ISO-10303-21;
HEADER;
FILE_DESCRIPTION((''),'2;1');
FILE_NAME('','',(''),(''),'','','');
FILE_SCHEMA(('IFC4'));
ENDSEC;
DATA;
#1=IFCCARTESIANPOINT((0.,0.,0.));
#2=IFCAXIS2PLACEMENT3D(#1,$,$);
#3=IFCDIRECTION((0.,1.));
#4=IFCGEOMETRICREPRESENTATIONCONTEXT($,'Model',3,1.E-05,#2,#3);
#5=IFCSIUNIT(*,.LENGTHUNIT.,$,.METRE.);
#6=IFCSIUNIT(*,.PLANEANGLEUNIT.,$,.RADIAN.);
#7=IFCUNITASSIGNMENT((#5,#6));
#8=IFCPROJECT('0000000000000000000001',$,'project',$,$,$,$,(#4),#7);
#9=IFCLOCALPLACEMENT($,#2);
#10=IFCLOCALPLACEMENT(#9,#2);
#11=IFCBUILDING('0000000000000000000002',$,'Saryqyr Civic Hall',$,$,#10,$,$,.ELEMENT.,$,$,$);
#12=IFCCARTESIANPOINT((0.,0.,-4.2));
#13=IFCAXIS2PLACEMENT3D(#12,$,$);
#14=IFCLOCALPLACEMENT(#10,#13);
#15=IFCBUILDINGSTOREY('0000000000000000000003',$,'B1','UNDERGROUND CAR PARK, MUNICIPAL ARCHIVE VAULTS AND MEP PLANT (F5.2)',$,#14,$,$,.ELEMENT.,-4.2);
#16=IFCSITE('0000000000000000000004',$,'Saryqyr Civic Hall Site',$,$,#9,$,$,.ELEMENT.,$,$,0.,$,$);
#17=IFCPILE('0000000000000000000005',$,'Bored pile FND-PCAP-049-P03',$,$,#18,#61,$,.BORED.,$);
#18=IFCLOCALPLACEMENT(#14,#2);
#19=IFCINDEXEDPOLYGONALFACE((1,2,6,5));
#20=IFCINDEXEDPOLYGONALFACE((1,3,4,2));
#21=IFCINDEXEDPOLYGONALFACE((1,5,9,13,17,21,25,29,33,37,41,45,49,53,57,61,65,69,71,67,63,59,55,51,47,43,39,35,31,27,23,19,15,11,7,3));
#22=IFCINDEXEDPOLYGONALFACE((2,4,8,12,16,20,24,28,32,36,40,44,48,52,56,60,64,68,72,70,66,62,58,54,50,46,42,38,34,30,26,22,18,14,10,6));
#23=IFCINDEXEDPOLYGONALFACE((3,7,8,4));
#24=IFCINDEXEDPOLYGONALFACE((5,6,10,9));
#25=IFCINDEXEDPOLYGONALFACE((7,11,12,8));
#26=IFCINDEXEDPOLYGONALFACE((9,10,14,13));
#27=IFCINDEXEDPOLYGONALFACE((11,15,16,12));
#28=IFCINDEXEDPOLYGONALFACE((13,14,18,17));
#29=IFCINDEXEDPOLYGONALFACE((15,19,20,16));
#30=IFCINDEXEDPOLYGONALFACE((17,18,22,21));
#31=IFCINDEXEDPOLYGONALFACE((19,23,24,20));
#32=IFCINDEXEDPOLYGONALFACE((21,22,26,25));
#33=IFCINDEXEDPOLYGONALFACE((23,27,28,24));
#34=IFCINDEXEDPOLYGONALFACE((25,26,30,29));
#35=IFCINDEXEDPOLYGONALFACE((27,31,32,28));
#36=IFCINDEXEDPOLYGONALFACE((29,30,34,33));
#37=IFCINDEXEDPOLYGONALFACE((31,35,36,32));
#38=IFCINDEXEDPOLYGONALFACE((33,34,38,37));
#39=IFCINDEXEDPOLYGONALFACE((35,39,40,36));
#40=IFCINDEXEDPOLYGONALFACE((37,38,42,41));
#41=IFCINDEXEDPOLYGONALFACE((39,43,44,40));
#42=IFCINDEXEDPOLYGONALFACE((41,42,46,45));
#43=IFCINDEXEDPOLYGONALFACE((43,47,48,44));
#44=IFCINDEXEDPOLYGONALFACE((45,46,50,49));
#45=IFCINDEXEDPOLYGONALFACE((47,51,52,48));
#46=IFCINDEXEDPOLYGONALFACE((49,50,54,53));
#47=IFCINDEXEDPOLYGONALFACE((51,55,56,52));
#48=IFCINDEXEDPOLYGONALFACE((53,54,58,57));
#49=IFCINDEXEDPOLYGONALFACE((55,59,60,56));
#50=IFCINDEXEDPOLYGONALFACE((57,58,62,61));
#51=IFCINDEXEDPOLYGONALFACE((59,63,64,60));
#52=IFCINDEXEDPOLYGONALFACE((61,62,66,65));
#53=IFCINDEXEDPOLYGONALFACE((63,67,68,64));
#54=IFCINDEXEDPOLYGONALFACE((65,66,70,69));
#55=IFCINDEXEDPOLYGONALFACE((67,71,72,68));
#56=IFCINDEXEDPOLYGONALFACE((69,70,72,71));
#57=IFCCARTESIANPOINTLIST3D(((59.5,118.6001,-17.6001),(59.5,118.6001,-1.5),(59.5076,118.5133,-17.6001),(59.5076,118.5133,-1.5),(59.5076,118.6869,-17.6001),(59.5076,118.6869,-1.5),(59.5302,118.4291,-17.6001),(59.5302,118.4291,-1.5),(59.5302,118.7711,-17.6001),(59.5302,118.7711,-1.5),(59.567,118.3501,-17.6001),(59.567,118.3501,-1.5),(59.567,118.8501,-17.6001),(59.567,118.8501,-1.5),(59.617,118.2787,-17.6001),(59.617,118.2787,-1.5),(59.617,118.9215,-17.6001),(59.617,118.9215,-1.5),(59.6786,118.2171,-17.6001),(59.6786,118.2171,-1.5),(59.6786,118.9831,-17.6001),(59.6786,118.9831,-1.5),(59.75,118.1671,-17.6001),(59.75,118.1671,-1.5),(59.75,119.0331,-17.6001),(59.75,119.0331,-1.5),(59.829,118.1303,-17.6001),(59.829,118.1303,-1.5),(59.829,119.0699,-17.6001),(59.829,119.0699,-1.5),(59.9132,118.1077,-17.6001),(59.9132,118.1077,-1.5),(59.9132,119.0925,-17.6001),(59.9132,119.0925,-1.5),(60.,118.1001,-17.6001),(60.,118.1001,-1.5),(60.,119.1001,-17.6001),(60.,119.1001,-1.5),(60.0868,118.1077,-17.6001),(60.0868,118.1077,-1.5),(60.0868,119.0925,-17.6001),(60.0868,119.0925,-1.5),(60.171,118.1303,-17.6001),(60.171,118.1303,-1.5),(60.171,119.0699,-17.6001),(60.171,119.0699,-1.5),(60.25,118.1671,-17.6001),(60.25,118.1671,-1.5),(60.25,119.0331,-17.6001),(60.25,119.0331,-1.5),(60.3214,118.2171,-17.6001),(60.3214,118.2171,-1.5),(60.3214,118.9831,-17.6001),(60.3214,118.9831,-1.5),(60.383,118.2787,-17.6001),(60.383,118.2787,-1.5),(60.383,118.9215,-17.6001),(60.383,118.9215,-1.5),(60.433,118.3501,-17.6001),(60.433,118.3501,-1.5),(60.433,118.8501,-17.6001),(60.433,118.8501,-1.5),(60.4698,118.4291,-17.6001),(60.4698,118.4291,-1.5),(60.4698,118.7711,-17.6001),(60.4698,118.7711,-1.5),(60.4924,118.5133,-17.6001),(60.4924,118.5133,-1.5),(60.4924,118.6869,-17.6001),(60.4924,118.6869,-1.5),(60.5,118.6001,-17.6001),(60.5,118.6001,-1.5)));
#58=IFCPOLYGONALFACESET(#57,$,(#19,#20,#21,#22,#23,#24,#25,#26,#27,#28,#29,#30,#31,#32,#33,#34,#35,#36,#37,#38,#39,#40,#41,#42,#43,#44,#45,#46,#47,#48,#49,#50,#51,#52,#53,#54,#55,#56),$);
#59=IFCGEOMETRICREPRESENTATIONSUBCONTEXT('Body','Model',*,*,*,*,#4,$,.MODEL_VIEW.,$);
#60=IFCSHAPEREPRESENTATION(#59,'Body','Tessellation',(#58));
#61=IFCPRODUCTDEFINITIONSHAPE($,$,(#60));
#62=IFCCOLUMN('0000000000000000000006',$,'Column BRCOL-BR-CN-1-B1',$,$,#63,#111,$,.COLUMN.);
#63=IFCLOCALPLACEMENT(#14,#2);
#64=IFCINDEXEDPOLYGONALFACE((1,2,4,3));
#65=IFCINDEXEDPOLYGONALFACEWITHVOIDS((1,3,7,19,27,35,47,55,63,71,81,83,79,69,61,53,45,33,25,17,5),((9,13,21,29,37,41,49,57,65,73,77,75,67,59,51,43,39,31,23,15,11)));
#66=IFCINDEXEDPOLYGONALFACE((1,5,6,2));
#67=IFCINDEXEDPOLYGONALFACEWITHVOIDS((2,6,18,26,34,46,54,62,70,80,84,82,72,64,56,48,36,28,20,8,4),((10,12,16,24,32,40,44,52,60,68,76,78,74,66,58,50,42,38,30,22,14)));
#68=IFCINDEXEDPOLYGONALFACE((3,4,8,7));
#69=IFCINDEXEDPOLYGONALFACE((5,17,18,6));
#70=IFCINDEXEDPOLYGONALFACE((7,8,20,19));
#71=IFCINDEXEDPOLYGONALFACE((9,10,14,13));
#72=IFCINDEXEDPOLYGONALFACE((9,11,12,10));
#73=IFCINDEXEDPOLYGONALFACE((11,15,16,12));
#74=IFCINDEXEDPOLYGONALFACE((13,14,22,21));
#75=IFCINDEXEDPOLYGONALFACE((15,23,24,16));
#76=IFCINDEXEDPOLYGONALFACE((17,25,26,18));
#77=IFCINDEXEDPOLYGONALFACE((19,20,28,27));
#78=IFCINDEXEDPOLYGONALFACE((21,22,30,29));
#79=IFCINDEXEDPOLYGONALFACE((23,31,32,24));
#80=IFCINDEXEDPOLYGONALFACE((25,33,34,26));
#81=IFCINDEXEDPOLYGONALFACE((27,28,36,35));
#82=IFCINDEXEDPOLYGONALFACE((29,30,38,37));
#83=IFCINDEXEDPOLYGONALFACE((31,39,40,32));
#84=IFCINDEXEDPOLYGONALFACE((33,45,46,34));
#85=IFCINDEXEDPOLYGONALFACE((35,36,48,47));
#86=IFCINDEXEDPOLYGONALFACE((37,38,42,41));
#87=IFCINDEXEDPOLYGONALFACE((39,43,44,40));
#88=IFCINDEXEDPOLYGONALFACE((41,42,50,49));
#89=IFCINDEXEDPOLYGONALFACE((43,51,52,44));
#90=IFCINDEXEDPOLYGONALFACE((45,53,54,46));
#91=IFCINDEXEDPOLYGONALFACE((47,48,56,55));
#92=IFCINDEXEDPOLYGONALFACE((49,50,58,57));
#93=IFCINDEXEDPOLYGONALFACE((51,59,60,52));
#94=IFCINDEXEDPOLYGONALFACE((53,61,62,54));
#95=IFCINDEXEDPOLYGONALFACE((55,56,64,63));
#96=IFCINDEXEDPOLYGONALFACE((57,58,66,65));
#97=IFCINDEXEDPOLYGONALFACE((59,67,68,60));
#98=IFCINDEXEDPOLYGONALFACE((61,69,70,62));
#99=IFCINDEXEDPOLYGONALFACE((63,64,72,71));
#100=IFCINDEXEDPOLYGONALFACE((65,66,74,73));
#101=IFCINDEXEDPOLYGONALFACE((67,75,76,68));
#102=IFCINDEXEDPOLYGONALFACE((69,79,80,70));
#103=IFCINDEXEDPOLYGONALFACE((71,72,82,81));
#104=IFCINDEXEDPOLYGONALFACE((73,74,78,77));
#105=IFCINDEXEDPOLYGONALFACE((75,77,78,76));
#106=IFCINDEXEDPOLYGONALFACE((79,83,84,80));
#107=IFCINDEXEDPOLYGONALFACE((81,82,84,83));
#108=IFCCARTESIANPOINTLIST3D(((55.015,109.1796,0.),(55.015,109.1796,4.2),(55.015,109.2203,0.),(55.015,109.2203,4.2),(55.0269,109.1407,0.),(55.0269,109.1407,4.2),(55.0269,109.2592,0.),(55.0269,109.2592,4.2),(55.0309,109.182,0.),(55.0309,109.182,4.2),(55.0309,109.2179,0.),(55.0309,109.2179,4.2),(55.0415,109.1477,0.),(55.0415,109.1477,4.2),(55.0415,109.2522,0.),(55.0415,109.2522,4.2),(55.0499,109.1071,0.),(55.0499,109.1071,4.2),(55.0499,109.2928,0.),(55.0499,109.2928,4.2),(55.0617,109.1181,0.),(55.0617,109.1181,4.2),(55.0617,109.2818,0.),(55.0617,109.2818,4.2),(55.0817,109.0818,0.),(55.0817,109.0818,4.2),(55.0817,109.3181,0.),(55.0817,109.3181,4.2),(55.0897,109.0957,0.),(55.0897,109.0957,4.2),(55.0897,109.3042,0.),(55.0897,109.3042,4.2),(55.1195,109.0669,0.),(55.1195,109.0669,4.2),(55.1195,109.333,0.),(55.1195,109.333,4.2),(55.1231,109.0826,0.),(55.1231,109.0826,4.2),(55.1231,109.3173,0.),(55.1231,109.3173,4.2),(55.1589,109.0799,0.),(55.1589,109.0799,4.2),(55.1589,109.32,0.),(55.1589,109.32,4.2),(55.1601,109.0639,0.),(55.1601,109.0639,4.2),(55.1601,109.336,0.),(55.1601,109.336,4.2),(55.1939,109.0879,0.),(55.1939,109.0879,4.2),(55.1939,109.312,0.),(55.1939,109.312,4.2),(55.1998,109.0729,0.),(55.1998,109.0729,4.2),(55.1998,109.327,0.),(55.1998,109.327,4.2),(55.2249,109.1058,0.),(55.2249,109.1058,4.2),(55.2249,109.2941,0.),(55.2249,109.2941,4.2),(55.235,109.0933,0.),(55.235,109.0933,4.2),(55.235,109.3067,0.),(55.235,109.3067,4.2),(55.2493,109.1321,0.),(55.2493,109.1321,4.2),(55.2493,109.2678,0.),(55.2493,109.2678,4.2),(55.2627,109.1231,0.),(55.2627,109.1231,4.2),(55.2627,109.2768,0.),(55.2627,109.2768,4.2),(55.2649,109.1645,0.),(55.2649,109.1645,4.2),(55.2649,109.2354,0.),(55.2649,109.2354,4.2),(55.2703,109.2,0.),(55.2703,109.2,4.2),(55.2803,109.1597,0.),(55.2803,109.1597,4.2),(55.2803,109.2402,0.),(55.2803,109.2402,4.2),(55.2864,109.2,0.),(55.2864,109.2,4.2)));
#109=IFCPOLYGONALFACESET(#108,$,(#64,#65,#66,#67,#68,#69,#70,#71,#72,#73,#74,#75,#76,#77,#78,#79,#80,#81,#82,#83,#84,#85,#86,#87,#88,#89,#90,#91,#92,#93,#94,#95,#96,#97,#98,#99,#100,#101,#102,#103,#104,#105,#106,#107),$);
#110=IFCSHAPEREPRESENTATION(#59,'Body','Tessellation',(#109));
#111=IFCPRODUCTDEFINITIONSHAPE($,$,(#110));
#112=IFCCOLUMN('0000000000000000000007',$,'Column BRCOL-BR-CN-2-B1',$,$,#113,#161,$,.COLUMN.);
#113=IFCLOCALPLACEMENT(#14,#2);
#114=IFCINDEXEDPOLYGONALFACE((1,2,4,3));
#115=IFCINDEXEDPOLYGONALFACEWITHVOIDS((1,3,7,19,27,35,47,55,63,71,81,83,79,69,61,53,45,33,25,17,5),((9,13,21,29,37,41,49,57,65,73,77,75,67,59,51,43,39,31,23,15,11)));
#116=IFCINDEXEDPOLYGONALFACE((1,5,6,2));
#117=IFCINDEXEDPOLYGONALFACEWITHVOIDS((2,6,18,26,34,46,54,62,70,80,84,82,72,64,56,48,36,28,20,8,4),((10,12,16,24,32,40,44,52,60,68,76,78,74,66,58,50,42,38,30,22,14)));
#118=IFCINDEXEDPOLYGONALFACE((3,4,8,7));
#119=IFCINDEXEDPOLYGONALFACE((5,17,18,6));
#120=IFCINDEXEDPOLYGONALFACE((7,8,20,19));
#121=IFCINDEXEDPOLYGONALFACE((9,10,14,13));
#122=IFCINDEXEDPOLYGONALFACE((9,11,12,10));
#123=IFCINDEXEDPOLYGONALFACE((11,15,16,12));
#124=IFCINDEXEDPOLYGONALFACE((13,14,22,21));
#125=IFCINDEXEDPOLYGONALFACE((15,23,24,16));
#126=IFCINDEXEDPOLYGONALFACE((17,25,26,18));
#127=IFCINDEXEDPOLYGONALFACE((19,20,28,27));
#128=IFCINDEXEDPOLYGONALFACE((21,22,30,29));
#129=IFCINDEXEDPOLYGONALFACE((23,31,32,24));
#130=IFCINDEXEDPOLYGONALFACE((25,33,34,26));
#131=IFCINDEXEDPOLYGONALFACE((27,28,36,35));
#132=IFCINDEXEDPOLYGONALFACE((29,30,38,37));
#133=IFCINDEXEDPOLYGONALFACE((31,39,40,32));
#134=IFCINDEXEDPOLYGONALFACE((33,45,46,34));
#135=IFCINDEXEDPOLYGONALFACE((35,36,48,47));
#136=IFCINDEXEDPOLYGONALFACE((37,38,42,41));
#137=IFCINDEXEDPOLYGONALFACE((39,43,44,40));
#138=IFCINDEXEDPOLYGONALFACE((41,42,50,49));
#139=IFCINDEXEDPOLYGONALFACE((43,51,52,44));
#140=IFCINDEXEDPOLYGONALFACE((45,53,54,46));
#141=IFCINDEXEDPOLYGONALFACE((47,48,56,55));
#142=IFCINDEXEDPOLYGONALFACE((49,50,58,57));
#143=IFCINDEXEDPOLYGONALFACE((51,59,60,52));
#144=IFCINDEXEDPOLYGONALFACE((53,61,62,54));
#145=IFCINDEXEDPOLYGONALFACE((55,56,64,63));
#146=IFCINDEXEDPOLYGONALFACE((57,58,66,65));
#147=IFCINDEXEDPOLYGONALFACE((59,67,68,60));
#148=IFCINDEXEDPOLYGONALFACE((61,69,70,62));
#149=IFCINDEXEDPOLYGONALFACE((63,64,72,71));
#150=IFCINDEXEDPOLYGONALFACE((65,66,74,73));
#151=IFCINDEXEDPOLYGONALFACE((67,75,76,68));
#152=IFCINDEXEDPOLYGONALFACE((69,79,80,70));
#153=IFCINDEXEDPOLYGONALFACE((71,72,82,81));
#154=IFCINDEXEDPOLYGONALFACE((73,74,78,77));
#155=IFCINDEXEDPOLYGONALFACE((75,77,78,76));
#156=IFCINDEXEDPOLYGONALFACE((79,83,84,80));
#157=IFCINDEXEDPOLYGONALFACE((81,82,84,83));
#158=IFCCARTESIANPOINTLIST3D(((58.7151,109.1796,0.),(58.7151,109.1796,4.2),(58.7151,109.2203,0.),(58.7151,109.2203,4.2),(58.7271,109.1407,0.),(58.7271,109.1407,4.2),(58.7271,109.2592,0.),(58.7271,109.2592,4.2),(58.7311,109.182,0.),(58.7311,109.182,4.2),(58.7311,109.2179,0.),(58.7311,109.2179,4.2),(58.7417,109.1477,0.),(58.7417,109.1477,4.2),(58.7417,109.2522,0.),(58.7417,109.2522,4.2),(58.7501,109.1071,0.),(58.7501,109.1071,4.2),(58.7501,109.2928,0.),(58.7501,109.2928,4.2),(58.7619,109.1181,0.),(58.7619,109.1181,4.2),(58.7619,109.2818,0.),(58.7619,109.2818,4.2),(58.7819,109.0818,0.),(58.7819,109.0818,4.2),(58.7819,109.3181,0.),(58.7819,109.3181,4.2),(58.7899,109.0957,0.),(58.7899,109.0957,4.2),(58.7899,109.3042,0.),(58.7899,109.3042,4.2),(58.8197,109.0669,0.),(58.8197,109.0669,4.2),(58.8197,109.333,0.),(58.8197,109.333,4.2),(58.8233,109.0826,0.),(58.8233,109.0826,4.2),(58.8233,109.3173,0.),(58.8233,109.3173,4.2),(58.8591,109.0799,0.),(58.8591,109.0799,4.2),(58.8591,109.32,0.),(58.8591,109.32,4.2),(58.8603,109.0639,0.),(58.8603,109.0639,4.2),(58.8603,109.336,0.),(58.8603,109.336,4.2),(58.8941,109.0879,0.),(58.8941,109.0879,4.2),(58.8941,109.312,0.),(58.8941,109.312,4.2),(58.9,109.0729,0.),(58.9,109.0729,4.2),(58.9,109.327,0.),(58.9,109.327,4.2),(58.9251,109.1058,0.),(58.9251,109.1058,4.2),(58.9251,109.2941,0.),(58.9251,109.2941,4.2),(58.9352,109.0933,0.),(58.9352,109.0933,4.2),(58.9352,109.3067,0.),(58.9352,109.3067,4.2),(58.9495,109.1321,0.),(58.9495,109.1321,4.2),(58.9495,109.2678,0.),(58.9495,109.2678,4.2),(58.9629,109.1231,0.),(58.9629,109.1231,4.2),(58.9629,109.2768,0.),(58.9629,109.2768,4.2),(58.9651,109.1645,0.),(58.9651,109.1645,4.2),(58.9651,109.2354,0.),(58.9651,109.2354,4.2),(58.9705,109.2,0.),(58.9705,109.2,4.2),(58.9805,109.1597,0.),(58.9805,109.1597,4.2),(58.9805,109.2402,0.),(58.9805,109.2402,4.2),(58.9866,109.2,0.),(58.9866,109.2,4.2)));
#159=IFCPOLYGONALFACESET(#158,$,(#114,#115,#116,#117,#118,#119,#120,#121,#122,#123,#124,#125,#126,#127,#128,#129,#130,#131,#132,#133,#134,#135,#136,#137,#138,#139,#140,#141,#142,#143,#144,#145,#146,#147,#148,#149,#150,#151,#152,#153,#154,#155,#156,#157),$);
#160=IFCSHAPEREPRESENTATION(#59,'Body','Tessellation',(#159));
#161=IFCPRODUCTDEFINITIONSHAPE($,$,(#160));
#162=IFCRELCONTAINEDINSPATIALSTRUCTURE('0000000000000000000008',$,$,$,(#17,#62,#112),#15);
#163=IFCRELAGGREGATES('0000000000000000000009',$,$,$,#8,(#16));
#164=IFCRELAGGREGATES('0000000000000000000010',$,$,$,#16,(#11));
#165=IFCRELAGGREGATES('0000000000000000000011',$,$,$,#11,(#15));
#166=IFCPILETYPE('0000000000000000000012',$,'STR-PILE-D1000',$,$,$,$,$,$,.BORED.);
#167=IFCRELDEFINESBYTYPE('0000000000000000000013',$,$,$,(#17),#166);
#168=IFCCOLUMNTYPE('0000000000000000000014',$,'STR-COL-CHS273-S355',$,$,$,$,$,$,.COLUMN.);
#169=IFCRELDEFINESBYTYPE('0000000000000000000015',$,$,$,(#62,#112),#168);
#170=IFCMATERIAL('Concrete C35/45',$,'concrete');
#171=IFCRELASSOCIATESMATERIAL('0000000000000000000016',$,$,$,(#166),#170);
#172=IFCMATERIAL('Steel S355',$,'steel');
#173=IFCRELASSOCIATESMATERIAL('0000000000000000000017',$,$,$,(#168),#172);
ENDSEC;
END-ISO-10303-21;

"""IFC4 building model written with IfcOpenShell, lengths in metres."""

from ifc_helpers import new_model, si_unit, direction, frame, origin, origin_2d, place, context, subcontext, project, spatial, circle, hollow_circle, extrude, material, material_profile, profile_set, type_object, element, save


model = new_model("IFC4")

# Units and contexts
model_context = context("Model", 3, precision=1e-05, world=origin(), true_north=direction((0.0, 1.0)))
body_context = subcontext(model_context, "Body", "Model", "MODEL_VIEW")
ifc_project = project(units=[si_unit("LENGTHUNIT", "METRE"), si_unit("PLANEANGLEUNIT", "RADIAN")], contexts=[model_context])

# Site, building, storey
site_placement = place(None, origin())
site = spatial("IfcSite", under=ifc_project, at=site_placement, Name="Saryqyr Civic Hall Site", CompositionType="ELEMENT", RefElevation=0.0)
building_placement = place(site_placement, origin())
building = spatial("IfcBuilding", under=site, at=building_placement, Name="Saryqyr Civic Hall", CompositionType="ELEMENT")
storey_placement = place(building_placement, frame((0.0, 0.0, -4.2)))
storey = spatial("IfcBuildingStorey", under=building, at=storey_placement, Name="B1", Description="UNDERGROUND CAR PARK, MUNICIPAL ARCHIVE VAULTS AND MEP PLANT (F5.2)", CompositionType="ELEMENT", Elevation=-4.2)

# Shared definitions
ifc_material_1 = material(Name="Concrete C35/45", Category="concrete")

# Pile
ifc_material_profile_1 = material_profile(ifc_material_1, circle(Radius=0.5, at=origin_2d()), Name="BORED PILE D1000")
ifc_profile_set_1 = profile_set([ifc_material_profile_1], Name="Concrete C35/45")
pile_type = type_object("IfcPileType", Name="STR-PILE-D1000", PredefinedType="BORED", material=ifc_profile_set_1)
for number, where, z_axis, x_axis, name in (
    (1, (60.0, 118.6001, -1.5), (0.0, 0.0, -1.0), (1.0, 0.0, 0.0), "Bored pile FND-PCAP-049-P03"),
):
    element("IfcPile", number, at=place(storey_placement, frame(where, z_axis=z_axis, x_axis=x_axis)), inside=storey, type_object=pile_type, Name=name, PredefinedType="BORED", context=body_context, shape_type="SweptSolid", body=[
        extrude(circle(Radius=0.5, at=origin_2d()), origin(), (0.0, 0.0, 1.0), 16.1001),
    ])

# Columns
ifc_material_2 = material(Name="Steel S355", Category="steel")
ifc_material_profile_2 = material_profile(ifc_material_2, hollow_circle(Radius=0.1365, WallThickness=0.0161, at=origin_2d()), Name="CHS 273x16")
ifc_profile_set_2 = profile_set([ifc_material_profile_2], Name="Steel S355")
column_type_1 = type_object("IfcColumnType", Name="STR-COL-CHS273-S355", PredefinedType="COLUMN", material=ifc_profile_set_2)
for number, where, z_axis, x_axis, name in (
    (2, (55.1499, 109.2, 0.0), (0.0, 0.0, 1.0), (1.0, 0.0, 0.0), "Column BRCOL-BR-CN-1-B1"),
    (3, (58.8501, 109.2, 0.0), (0.0, 0.0, 1.0), (1.0, 0.0, 0.0), "Column BRCOL-BR-CN-2-B1"),
):
    element("IfcColumn", number, at=place(storey_placement, frame(where, z_axis=z_axis, x_axis=x_axis)), inside=storey, type_object=column_type_1, Name=name, PredefinedType="COLUMN", context=body_context, shape_type="SweptSolid", body=[
        extrude(hollow_circle(Radius=0.1365, WallThickness=0.0161, at=origin_2d()), origin(), (0.0, 0.0, 1.0), 4.2),
    ])

save(model, "model.ifc")
